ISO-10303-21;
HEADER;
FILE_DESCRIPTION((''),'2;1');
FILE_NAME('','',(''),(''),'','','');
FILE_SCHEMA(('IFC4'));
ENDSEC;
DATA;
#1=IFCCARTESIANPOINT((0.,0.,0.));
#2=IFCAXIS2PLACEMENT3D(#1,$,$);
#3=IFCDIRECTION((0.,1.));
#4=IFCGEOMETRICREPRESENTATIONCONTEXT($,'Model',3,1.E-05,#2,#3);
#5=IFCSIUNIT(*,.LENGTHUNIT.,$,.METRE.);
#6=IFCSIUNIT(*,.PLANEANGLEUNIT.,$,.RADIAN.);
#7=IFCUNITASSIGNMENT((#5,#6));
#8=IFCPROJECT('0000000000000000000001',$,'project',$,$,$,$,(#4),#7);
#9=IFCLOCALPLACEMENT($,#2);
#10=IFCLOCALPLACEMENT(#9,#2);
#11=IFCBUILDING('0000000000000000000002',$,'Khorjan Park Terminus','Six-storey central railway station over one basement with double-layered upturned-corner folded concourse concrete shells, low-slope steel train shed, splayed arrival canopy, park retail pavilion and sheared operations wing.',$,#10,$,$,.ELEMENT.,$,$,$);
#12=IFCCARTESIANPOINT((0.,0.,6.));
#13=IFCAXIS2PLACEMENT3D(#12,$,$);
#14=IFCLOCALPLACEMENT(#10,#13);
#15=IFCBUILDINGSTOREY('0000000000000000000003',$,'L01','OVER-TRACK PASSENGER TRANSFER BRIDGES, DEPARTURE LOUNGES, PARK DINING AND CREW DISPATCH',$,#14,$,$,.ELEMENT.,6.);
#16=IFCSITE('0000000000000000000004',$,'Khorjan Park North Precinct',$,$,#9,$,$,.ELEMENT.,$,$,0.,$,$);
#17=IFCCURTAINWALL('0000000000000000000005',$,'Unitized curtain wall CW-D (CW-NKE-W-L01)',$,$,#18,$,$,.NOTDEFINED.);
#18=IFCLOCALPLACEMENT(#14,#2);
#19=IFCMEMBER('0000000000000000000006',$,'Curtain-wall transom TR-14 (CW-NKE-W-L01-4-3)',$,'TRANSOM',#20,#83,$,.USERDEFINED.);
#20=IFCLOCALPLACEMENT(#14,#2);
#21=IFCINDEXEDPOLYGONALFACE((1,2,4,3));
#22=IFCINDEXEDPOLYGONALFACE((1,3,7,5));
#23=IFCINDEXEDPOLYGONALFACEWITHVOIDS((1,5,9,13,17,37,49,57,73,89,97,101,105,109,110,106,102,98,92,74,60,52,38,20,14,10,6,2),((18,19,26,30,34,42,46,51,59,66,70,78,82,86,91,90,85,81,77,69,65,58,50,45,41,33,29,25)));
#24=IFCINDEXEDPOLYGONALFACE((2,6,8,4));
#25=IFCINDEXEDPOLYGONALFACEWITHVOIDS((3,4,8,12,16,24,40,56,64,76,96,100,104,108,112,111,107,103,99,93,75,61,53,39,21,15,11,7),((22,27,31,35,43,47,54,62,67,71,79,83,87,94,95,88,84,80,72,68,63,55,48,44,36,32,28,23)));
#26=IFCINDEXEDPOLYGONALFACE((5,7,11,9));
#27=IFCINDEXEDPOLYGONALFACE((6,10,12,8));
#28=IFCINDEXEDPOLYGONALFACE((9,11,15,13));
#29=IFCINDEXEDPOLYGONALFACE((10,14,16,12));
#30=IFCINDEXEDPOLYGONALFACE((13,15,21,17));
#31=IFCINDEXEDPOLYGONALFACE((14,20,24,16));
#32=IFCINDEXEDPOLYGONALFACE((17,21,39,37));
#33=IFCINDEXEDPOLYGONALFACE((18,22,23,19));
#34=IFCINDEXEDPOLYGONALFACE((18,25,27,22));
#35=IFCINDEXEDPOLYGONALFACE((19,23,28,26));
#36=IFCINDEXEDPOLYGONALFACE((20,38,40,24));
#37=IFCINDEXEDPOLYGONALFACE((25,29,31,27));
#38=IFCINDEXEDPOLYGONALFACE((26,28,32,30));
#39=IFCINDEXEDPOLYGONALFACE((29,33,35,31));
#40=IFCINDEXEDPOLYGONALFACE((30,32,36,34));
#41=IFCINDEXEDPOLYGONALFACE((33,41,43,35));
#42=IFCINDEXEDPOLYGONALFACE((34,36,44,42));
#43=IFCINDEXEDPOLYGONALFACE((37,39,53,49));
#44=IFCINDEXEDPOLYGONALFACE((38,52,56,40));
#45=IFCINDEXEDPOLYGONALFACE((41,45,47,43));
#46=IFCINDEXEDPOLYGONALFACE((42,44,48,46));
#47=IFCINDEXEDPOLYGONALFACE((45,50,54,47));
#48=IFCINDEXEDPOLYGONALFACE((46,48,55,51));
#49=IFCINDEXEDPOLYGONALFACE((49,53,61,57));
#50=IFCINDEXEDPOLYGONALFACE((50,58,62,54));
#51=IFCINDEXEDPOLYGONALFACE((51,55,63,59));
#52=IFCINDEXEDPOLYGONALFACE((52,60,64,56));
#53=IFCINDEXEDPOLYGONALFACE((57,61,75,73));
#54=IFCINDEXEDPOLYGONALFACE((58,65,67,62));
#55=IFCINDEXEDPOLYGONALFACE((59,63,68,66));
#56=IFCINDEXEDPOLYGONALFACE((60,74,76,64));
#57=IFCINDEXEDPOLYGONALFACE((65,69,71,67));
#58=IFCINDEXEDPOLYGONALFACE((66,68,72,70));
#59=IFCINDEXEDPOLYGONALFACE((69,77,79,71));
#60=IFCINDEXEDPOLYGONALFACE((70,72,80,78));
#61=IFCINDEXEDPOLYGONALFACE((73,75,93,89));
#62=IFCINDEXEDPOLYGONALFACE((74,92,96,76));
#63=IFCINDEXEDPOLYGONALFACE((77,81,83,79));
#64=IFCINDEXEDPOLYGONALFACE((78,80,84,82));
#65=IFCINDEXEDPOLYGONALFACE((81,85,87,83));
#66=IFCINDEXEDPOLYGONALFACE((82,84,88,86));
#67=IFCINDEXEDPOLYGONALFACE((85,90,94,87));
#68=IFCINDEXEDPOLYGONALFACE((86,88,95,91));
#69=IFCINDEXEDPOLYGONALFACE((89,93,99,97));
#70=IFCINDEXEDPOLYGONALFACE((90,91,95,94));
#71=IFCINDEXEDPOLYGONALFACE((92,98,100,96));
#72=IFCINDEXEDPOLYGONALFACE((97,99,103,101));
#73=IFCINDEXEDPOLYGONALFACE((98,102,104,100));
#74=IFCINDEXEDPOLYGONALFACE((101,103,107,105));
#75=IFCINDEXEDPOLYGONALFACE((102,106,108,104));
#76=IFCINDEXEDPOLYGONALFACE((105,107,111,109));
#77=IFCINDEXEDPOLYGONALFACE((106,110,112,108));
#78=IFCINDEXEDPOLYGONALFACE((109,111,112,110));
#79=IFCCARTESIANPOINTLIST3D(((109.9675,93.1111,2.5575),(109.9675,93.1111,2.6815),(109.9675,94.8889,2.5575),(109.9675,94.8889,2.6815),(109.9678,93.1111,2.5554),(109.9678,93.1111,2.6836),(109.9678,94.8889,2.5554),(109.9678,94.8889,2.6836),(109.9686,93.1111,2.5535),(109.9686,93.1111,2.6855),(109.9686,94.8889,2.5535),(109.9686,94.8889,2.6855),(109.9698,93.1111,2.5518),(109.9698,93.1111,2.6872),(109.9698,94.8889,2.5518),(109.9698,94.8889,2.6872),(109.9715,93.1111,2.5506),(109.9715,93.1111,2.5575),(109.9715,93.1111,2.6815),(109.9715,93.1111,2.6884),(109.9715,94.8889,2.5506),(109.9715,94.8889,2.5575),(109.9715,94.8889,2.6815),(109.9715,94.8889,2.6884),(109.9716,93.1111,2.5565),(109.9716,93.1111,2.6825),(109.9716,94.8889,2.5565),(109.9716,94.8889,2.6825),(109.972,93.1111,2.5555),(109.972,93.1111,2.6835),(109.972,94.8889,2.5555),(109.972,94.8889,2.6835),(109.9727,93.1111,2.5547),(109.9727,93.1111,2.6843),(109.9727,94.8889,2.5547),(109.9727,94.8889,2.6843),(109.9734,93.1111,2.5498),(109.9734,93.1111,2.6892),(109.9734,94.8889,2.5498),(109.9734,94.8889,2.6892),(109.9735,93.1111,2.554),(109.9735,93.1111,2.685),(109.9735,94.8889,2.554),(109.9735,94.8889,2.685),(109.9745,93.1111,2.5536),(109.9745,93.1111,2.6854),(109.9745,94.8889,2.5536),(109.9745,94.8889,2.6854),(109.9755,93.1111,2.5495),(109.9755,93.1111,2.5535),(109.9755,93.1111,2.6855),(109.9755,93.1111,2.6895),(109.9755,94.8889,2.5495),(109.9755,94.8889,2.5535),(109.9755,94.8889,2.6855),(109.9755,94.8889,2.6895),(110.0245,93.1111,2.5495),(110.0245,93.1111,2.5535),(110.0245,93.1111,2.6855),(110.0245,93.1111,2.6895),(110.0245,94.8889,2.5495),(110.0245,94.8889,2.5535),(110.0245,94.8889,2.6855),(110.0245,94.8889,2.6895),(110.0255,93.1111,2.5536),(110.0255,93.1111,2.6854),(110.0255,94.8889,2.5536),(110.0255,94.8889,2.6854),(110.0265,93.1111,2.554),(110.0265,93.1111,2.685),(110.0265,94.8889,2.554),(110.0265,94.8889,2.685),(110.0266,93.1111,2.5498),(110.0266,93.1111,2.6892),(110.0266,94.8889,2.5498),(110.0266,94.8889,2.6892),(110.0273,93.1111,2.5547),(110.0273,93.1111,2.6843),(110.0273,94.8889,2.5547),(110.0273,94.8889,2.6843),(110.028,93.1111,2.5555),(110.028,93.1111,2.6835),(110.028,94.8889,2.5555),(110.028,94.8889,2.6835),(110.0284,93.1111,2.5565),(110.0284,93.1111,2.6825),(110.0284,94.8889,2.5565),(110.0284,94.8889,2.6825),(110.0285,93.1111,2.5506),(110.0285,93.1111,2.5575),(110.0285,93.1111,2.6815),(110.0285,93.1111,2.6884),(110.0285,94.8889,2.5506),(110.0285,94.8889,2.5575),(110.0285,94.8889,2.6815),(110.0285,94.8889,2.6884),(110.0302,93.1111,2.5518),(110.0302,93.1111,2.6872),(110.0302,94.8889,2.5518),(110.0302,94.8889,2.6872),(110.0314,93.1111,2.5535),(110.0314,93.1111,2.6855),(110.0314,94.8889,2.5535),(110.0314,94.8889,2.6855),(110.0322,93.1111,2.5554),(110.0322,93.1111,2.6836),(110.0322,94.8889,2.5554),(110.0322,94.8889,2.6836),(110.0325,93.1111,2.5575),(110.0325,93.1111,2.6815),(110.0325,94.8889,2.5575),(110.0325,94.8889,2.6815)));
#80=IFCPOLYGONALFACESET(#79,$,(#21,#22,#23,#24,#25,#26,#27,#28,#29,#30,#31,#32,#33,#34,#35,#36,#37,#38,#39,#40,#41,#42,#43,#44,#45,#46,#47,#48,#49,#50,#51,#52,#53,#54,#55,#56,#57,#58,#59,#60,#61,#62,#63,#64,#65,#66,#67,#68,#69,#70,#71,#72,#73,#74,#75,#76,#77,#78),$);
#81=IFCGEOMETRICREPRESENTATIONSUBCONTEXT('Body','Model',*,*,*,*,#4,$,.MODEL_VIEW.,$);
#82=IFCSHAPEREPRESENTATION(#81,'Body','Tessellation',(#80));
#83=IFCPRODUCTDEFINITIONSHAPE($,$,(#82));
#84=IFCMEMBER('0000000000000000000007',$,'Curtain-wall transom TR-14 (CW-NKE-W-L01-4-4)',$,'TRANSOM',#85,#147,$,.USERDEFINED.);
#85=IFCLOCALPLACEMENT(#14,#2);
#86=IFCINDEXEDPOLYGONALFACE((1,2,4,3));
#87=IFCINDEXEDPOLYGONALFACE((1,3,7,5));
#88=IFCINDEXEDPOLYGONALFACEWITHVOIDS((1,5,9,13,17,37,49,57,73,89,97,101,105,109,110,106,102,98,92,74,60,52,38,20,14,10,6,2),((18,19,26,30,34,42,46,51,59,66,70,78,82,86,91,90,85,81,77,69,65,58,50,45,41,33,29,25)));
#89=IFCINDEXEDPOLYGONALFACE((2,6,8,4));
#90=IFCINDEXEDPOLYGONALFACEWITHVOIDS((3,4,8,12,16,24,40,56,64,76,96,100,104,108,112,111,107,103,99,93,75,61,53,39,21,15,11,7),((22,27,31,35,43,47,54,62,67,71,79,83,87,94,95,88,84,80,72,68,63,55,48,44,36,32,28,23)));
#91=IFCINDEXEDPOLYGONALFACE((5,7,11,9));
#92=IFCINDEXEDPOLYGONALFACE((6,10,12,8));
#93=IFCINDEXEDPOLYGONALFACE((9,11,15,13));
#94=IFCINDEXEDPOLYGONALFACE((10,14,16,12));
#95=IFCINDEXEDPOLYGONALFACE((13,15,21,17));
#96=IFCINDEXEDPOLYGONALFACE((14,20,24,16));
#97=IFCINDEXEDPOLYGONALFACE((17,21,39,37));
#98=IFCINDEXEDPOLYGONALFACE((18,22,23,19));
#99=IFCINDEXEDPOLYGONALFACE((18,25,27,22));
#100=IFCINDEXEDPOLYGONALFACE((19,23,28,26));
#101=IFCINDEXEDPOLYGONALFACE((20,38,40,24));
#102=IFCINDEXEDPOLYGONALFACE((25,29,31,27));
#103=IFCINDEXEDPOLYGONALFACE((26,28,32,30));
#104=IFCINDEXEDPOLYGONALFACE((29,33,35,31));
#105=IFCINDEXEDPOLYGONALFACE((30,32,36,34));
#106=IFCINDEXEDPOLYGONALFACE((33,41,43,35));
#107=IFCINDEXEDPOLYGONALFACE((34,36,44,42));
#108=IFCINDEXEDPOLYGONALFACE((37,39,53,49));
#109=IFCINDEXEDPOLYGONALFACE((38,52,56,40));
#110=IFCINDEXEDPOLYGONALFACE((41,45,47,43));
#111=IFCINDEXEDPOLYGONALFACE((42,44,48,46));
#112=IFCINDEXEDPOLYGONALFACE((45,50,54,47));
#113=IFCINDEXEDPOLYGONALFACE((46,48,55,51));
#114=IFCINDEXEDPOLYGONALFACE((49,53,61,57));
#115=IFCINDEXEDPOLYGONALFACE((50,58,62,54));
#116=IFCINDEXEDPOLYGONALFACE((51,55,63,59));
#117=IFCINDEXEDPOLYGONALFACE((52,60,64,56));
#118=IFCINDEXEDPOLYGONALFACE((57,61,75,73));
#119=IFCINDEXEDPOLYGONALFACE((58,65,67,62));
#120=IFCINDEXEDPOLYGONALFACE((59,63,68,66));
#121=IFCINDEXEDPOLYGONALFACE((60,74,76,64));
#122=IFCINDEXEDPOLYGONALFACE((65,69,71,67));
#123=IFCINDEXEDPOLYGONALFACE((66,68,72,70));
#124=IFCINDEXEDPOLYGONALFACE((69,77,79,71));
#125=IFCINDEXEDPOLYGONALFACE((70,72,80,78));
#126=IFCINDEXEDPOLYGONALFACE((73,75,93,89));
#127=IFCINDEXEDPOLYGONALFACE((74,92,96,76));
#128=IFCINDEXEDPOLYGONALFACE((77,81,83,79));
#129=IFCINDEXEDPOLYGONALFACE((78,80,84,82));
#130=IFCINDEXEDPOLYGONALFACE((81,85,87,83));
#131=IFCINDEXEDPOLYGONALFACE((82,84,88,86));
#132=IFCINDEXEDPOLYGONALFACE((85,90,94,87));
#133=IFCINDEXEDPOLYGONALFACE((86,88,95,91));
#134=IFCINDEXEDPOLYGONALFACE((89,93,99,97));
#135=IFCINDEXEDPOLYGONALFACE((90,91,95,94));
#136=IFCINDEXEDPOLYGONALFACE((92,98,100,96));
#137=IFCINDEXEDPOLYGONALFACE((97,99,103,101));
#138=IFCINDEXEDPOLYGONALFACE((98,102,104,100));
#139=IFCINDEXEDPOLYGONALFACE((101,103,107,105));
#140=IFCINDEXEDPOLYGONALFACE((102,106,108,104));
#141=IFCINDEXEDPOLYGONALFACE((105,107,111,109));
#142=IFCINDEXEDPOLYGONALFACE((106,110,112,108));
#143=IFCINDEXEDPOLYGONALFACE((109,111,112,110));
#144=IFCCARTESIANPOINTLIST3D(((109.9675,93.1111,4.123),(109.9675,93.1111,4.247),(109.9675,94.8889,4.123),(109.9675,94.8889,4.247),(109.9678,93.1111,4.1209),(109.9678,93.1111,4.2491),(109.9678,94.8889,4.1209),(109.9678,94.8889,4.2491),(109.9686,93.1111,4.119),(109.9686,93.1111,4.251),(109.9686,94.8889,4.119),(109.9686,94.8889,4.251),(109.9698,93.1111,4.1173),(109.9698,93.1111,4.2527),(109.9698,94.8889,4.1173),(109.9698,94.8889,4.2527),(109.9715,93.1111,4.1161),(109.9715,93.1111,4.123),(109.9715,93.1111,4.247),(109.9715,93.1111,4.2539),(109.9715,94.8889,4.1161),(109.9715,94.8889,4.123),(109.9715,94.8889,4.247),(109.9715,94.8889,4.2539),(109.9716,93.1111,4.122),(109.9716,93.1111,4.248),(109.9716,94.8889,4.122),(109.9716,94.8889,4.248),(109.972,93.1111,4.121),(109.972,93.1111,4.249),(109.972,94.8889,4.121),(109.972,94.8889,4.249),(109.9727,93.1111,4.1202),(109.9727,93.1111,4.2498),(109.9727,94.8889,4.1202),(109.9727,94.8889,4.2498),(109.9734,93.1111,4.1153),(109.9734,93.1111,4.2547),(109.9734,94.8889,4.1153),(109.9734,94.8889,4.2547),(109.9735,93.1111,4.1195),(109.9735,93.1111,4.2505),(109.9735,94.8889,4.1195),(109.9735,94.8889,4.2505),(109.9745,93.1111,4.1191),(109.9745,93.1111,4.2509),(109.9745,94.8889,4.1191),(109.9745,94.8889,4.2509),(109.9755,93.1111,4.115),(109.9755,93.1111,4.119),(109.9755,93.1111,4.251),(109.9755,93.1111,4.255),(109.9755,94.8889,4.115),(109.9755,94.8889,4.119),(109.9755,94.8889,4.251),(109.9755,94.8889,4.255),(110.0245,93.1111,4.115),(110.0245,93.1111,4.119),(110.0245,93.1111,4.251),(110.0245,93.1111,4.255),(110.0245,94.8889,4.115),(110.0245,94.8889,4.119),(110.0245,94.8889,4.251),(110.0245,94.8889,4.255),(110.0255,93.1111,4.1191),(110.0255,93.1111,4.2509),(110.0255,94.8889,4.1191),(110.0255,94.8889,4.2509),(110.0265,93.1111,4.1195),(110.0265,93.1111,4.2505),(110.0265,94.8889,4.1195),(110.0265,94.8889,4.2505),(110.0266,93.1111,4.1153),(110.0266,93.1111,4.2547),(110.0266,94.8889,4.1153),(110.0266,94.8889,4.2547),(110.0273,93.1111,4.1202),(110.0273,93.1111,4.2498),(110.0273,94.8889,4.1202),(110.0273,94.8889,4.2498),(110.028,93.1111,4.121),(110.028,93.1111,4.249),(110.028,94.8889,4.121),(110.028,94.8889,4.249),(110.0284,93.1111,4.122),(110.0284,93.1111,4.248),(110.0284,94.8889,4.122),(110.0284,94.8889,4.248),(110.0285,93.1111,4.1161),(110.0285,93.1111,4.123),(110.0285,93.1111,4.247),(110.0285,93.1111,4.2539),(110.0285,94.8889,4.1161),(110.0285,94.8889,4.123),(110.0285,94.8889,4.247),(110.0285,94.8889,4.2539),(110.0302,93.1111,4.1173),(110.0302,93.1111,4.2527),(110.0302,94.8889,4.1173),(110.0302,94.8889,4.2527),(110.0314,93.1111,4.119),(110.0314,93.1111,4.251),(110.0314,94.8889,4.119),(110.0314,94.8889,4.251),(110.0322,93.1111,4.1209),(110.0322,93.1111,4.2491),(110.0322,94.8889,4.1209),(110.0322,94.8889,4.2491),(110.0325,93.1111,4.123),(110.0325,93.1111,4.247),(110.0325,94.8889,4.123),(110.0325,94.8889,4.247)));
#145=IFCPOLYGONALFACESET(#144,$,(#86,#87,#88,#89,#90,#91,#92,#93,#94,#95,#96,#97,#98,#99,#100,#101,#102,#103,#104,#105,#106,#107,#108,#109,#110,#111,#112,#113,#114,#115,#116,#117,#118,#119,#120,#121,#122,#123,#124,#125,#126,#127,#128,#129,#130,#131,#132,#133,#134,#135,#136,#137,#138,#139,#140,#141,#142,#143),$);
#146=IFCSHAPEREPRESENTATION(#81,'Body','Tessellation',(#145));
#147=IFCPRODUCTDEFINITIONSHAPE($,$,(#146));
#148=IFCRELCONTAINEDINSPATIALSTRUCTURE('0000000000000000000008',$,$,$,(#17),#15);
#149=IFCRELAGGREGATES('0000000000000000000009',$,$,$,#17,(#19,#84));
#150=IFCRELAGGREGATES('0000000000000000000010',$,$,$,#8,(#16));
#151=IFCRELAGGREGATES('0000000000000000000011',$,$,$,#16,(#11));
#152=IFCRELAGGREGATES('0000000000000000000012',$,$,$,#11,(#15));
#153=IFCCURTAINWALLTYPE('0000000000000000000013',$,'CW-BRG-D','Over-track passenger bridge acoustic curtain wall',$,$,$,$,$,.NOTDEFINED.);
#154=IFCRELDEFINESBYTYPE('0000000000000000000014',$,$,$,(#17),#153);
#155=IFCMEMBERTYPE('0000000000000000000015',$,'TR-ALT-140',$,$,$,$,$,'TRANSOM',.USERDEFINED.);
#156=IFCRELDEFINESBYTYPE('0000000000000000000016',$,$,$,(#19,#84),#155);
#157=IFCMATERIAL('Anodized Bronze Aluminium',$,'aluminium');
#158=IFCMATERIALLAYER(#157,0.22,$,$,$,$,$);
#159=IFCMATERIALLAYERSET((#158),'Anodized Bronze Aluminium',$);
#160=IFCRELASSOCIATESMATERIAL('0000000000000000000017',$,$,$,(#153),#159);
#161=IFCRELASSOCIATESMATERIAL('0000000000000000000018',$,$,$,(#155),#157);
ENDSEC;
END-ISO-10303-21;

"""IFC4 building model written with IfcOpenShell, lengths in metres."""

from ifc_helpers import new_model, si_unit, direction, frame, origin, origin_2d, place, context, subcontext, project, spatial, hollow_rectangle, extrude, material, layer, layer_set, material_profile, profile_set, type_object, element, aggregate, save


model = new_model("IFC4")

# Units and contexts
model_context = context("Model", 3, precision=1e-05, world=origin(), true_north=direction((0.0, 1.0)))
body_context = subcontext(model_context, "Body", "Model", "MODEL_VIEW")
ifc_project = project(units=[si_unit("LENGTHUNIT", "METRE"), si_unit("PLANEANGLEUNIT", "RADIAN")], contexts=[model_context])

# Site, building, storey
site_placement = place(None, origin())
site = spatial("IfcSite", under=ifc_project, at=site_placement, Name="Khorjan Park North Precinct", CompositionType="ELEMENT", RefElevation=0.0)
building_placement = place(site_placement, origin())
building = spatial("IfcBuilding", under=site, at=building_placement, Name="Khorjan Park Terminus", Description="Six-storey central railway station over one basement with double-layered upturned-corner folded concourse concrete shells, low-slope steel train shed, splayed arrival canopy, park retail pavilion and sheared operations wing.", CompositionType="ELEMENT")
storey_placement = place(building_placement, frame((0.0, 0.0, 6.0)))
storey = spatial("IfcBuildingStorey", under=building, at=storey_placement, Name="L01", Description="OVER-TRACK PASSENGER TRANSFER BRIDGES, DEPARTURE LOUNGES, PARK DINING AND CREW DISPATCH", CompositionType="ELEMENT", Elevation=6.0)

# Curtain wall, members
ifc_material_1 = material(Name="Anodized Bronze Aluminium", Category="aluminium")
ifc_layer_1 = layer(ifc_material_1, 0.22)
ifc_layer_set_1 = layer_set([ifc_layer_1], Name="Anodized Bronze Aluminium")
curtain_wall_type = type_object("IfcCurtainWallType", Name="CW-BRG-D", Description="Over-track passenger bridge acoustic curtain wall", PredefinedType="NOTDEFINED", material=ifc_layer_set_1)
curtain_wall_placement = place(storey_placement, origin())
curtain_wall = element("IfcCurtainWall", 1, at=curtain_wall_placement, inside=storey, type_object=curtain_wall_type, Name="Unitized curtain wall CW-D (CW-NKE-W-L01)", PredefinedType="NOTDEFINED")
ifc_material_profile_1 = material_profile(ifc_material_1, hollow_rectangle(XDim=0.065, YDim=0.14, WallThickness=0.004, InnerFilletRadius=0.004, OuterFilletRadius=0.008, at=origin_2d()), Name="ALT 65x140x4")
ifc_profile_set_1 = profile_set([ifc_material_profile_1], Name="Anodized Bronze Aluminium")
member_type_1 = type_object("IfcMemberType", Name="TR-ALT-140", ElementType="TRANSOM", PredefinedType="USERDEFINED", material=ifc_profile_set_1)
member_1_placement = place(storey_placement, frame((110.0, 94.8889, 2.6195), z_axis=(0.0, -1.0, 0.0), x_axis=(1.0, 0.0, 0.0)))
member_1 = element("IfcMember", 2, at=member_1_placement, type_object=member_type_1, Name="Curtain-wall transom TR-14 (CW-NKE-W-L01-4-3)", ObjectType="TRANSOM", PredefinedType="USERDEFINED", context=body_context, shape_type="SweptSolid", body=[
    extrude(hollow_rectangle(XDim=0.065, YDim=0.14, WallThickness=0.004, InnerFilletRadius=0.004, OuterFilletRadius=0.008, at=origin_2d()), origin(), (0.0, 0.0, 1.0), 1.7778),
])
member_2_placement = place(storey_placement, frame((110.0, 94.8889, 4.185), z_axis=(0.0, -1.0, 0.0), x_axis=(1.0, 0.0, 0.0)))
member_2 = element("IfcMember", 3, at=member_2_placement, type_object=member_type_1, Name="Curtain-wall transom TR-14 (CW-NKE-W-L01-4-4)", ObjectType="TRANSOM", PredefinedType="USERDEFINED", context=body_context, shape_type="SweptSolid", body=[
    extrude(hollow_rectangle(XDim=0.065, YDim=0.14, WallThickness=0.004, InnerFilletRadius=0.004, OuterFilletRadius=0.008, at=origin_2d()), origin(), (0.0, 0.0, 1.0), 1.7778),
])
aggregate(curtain_wall, [member_1, member_2])

save(model, "model.ifc")
